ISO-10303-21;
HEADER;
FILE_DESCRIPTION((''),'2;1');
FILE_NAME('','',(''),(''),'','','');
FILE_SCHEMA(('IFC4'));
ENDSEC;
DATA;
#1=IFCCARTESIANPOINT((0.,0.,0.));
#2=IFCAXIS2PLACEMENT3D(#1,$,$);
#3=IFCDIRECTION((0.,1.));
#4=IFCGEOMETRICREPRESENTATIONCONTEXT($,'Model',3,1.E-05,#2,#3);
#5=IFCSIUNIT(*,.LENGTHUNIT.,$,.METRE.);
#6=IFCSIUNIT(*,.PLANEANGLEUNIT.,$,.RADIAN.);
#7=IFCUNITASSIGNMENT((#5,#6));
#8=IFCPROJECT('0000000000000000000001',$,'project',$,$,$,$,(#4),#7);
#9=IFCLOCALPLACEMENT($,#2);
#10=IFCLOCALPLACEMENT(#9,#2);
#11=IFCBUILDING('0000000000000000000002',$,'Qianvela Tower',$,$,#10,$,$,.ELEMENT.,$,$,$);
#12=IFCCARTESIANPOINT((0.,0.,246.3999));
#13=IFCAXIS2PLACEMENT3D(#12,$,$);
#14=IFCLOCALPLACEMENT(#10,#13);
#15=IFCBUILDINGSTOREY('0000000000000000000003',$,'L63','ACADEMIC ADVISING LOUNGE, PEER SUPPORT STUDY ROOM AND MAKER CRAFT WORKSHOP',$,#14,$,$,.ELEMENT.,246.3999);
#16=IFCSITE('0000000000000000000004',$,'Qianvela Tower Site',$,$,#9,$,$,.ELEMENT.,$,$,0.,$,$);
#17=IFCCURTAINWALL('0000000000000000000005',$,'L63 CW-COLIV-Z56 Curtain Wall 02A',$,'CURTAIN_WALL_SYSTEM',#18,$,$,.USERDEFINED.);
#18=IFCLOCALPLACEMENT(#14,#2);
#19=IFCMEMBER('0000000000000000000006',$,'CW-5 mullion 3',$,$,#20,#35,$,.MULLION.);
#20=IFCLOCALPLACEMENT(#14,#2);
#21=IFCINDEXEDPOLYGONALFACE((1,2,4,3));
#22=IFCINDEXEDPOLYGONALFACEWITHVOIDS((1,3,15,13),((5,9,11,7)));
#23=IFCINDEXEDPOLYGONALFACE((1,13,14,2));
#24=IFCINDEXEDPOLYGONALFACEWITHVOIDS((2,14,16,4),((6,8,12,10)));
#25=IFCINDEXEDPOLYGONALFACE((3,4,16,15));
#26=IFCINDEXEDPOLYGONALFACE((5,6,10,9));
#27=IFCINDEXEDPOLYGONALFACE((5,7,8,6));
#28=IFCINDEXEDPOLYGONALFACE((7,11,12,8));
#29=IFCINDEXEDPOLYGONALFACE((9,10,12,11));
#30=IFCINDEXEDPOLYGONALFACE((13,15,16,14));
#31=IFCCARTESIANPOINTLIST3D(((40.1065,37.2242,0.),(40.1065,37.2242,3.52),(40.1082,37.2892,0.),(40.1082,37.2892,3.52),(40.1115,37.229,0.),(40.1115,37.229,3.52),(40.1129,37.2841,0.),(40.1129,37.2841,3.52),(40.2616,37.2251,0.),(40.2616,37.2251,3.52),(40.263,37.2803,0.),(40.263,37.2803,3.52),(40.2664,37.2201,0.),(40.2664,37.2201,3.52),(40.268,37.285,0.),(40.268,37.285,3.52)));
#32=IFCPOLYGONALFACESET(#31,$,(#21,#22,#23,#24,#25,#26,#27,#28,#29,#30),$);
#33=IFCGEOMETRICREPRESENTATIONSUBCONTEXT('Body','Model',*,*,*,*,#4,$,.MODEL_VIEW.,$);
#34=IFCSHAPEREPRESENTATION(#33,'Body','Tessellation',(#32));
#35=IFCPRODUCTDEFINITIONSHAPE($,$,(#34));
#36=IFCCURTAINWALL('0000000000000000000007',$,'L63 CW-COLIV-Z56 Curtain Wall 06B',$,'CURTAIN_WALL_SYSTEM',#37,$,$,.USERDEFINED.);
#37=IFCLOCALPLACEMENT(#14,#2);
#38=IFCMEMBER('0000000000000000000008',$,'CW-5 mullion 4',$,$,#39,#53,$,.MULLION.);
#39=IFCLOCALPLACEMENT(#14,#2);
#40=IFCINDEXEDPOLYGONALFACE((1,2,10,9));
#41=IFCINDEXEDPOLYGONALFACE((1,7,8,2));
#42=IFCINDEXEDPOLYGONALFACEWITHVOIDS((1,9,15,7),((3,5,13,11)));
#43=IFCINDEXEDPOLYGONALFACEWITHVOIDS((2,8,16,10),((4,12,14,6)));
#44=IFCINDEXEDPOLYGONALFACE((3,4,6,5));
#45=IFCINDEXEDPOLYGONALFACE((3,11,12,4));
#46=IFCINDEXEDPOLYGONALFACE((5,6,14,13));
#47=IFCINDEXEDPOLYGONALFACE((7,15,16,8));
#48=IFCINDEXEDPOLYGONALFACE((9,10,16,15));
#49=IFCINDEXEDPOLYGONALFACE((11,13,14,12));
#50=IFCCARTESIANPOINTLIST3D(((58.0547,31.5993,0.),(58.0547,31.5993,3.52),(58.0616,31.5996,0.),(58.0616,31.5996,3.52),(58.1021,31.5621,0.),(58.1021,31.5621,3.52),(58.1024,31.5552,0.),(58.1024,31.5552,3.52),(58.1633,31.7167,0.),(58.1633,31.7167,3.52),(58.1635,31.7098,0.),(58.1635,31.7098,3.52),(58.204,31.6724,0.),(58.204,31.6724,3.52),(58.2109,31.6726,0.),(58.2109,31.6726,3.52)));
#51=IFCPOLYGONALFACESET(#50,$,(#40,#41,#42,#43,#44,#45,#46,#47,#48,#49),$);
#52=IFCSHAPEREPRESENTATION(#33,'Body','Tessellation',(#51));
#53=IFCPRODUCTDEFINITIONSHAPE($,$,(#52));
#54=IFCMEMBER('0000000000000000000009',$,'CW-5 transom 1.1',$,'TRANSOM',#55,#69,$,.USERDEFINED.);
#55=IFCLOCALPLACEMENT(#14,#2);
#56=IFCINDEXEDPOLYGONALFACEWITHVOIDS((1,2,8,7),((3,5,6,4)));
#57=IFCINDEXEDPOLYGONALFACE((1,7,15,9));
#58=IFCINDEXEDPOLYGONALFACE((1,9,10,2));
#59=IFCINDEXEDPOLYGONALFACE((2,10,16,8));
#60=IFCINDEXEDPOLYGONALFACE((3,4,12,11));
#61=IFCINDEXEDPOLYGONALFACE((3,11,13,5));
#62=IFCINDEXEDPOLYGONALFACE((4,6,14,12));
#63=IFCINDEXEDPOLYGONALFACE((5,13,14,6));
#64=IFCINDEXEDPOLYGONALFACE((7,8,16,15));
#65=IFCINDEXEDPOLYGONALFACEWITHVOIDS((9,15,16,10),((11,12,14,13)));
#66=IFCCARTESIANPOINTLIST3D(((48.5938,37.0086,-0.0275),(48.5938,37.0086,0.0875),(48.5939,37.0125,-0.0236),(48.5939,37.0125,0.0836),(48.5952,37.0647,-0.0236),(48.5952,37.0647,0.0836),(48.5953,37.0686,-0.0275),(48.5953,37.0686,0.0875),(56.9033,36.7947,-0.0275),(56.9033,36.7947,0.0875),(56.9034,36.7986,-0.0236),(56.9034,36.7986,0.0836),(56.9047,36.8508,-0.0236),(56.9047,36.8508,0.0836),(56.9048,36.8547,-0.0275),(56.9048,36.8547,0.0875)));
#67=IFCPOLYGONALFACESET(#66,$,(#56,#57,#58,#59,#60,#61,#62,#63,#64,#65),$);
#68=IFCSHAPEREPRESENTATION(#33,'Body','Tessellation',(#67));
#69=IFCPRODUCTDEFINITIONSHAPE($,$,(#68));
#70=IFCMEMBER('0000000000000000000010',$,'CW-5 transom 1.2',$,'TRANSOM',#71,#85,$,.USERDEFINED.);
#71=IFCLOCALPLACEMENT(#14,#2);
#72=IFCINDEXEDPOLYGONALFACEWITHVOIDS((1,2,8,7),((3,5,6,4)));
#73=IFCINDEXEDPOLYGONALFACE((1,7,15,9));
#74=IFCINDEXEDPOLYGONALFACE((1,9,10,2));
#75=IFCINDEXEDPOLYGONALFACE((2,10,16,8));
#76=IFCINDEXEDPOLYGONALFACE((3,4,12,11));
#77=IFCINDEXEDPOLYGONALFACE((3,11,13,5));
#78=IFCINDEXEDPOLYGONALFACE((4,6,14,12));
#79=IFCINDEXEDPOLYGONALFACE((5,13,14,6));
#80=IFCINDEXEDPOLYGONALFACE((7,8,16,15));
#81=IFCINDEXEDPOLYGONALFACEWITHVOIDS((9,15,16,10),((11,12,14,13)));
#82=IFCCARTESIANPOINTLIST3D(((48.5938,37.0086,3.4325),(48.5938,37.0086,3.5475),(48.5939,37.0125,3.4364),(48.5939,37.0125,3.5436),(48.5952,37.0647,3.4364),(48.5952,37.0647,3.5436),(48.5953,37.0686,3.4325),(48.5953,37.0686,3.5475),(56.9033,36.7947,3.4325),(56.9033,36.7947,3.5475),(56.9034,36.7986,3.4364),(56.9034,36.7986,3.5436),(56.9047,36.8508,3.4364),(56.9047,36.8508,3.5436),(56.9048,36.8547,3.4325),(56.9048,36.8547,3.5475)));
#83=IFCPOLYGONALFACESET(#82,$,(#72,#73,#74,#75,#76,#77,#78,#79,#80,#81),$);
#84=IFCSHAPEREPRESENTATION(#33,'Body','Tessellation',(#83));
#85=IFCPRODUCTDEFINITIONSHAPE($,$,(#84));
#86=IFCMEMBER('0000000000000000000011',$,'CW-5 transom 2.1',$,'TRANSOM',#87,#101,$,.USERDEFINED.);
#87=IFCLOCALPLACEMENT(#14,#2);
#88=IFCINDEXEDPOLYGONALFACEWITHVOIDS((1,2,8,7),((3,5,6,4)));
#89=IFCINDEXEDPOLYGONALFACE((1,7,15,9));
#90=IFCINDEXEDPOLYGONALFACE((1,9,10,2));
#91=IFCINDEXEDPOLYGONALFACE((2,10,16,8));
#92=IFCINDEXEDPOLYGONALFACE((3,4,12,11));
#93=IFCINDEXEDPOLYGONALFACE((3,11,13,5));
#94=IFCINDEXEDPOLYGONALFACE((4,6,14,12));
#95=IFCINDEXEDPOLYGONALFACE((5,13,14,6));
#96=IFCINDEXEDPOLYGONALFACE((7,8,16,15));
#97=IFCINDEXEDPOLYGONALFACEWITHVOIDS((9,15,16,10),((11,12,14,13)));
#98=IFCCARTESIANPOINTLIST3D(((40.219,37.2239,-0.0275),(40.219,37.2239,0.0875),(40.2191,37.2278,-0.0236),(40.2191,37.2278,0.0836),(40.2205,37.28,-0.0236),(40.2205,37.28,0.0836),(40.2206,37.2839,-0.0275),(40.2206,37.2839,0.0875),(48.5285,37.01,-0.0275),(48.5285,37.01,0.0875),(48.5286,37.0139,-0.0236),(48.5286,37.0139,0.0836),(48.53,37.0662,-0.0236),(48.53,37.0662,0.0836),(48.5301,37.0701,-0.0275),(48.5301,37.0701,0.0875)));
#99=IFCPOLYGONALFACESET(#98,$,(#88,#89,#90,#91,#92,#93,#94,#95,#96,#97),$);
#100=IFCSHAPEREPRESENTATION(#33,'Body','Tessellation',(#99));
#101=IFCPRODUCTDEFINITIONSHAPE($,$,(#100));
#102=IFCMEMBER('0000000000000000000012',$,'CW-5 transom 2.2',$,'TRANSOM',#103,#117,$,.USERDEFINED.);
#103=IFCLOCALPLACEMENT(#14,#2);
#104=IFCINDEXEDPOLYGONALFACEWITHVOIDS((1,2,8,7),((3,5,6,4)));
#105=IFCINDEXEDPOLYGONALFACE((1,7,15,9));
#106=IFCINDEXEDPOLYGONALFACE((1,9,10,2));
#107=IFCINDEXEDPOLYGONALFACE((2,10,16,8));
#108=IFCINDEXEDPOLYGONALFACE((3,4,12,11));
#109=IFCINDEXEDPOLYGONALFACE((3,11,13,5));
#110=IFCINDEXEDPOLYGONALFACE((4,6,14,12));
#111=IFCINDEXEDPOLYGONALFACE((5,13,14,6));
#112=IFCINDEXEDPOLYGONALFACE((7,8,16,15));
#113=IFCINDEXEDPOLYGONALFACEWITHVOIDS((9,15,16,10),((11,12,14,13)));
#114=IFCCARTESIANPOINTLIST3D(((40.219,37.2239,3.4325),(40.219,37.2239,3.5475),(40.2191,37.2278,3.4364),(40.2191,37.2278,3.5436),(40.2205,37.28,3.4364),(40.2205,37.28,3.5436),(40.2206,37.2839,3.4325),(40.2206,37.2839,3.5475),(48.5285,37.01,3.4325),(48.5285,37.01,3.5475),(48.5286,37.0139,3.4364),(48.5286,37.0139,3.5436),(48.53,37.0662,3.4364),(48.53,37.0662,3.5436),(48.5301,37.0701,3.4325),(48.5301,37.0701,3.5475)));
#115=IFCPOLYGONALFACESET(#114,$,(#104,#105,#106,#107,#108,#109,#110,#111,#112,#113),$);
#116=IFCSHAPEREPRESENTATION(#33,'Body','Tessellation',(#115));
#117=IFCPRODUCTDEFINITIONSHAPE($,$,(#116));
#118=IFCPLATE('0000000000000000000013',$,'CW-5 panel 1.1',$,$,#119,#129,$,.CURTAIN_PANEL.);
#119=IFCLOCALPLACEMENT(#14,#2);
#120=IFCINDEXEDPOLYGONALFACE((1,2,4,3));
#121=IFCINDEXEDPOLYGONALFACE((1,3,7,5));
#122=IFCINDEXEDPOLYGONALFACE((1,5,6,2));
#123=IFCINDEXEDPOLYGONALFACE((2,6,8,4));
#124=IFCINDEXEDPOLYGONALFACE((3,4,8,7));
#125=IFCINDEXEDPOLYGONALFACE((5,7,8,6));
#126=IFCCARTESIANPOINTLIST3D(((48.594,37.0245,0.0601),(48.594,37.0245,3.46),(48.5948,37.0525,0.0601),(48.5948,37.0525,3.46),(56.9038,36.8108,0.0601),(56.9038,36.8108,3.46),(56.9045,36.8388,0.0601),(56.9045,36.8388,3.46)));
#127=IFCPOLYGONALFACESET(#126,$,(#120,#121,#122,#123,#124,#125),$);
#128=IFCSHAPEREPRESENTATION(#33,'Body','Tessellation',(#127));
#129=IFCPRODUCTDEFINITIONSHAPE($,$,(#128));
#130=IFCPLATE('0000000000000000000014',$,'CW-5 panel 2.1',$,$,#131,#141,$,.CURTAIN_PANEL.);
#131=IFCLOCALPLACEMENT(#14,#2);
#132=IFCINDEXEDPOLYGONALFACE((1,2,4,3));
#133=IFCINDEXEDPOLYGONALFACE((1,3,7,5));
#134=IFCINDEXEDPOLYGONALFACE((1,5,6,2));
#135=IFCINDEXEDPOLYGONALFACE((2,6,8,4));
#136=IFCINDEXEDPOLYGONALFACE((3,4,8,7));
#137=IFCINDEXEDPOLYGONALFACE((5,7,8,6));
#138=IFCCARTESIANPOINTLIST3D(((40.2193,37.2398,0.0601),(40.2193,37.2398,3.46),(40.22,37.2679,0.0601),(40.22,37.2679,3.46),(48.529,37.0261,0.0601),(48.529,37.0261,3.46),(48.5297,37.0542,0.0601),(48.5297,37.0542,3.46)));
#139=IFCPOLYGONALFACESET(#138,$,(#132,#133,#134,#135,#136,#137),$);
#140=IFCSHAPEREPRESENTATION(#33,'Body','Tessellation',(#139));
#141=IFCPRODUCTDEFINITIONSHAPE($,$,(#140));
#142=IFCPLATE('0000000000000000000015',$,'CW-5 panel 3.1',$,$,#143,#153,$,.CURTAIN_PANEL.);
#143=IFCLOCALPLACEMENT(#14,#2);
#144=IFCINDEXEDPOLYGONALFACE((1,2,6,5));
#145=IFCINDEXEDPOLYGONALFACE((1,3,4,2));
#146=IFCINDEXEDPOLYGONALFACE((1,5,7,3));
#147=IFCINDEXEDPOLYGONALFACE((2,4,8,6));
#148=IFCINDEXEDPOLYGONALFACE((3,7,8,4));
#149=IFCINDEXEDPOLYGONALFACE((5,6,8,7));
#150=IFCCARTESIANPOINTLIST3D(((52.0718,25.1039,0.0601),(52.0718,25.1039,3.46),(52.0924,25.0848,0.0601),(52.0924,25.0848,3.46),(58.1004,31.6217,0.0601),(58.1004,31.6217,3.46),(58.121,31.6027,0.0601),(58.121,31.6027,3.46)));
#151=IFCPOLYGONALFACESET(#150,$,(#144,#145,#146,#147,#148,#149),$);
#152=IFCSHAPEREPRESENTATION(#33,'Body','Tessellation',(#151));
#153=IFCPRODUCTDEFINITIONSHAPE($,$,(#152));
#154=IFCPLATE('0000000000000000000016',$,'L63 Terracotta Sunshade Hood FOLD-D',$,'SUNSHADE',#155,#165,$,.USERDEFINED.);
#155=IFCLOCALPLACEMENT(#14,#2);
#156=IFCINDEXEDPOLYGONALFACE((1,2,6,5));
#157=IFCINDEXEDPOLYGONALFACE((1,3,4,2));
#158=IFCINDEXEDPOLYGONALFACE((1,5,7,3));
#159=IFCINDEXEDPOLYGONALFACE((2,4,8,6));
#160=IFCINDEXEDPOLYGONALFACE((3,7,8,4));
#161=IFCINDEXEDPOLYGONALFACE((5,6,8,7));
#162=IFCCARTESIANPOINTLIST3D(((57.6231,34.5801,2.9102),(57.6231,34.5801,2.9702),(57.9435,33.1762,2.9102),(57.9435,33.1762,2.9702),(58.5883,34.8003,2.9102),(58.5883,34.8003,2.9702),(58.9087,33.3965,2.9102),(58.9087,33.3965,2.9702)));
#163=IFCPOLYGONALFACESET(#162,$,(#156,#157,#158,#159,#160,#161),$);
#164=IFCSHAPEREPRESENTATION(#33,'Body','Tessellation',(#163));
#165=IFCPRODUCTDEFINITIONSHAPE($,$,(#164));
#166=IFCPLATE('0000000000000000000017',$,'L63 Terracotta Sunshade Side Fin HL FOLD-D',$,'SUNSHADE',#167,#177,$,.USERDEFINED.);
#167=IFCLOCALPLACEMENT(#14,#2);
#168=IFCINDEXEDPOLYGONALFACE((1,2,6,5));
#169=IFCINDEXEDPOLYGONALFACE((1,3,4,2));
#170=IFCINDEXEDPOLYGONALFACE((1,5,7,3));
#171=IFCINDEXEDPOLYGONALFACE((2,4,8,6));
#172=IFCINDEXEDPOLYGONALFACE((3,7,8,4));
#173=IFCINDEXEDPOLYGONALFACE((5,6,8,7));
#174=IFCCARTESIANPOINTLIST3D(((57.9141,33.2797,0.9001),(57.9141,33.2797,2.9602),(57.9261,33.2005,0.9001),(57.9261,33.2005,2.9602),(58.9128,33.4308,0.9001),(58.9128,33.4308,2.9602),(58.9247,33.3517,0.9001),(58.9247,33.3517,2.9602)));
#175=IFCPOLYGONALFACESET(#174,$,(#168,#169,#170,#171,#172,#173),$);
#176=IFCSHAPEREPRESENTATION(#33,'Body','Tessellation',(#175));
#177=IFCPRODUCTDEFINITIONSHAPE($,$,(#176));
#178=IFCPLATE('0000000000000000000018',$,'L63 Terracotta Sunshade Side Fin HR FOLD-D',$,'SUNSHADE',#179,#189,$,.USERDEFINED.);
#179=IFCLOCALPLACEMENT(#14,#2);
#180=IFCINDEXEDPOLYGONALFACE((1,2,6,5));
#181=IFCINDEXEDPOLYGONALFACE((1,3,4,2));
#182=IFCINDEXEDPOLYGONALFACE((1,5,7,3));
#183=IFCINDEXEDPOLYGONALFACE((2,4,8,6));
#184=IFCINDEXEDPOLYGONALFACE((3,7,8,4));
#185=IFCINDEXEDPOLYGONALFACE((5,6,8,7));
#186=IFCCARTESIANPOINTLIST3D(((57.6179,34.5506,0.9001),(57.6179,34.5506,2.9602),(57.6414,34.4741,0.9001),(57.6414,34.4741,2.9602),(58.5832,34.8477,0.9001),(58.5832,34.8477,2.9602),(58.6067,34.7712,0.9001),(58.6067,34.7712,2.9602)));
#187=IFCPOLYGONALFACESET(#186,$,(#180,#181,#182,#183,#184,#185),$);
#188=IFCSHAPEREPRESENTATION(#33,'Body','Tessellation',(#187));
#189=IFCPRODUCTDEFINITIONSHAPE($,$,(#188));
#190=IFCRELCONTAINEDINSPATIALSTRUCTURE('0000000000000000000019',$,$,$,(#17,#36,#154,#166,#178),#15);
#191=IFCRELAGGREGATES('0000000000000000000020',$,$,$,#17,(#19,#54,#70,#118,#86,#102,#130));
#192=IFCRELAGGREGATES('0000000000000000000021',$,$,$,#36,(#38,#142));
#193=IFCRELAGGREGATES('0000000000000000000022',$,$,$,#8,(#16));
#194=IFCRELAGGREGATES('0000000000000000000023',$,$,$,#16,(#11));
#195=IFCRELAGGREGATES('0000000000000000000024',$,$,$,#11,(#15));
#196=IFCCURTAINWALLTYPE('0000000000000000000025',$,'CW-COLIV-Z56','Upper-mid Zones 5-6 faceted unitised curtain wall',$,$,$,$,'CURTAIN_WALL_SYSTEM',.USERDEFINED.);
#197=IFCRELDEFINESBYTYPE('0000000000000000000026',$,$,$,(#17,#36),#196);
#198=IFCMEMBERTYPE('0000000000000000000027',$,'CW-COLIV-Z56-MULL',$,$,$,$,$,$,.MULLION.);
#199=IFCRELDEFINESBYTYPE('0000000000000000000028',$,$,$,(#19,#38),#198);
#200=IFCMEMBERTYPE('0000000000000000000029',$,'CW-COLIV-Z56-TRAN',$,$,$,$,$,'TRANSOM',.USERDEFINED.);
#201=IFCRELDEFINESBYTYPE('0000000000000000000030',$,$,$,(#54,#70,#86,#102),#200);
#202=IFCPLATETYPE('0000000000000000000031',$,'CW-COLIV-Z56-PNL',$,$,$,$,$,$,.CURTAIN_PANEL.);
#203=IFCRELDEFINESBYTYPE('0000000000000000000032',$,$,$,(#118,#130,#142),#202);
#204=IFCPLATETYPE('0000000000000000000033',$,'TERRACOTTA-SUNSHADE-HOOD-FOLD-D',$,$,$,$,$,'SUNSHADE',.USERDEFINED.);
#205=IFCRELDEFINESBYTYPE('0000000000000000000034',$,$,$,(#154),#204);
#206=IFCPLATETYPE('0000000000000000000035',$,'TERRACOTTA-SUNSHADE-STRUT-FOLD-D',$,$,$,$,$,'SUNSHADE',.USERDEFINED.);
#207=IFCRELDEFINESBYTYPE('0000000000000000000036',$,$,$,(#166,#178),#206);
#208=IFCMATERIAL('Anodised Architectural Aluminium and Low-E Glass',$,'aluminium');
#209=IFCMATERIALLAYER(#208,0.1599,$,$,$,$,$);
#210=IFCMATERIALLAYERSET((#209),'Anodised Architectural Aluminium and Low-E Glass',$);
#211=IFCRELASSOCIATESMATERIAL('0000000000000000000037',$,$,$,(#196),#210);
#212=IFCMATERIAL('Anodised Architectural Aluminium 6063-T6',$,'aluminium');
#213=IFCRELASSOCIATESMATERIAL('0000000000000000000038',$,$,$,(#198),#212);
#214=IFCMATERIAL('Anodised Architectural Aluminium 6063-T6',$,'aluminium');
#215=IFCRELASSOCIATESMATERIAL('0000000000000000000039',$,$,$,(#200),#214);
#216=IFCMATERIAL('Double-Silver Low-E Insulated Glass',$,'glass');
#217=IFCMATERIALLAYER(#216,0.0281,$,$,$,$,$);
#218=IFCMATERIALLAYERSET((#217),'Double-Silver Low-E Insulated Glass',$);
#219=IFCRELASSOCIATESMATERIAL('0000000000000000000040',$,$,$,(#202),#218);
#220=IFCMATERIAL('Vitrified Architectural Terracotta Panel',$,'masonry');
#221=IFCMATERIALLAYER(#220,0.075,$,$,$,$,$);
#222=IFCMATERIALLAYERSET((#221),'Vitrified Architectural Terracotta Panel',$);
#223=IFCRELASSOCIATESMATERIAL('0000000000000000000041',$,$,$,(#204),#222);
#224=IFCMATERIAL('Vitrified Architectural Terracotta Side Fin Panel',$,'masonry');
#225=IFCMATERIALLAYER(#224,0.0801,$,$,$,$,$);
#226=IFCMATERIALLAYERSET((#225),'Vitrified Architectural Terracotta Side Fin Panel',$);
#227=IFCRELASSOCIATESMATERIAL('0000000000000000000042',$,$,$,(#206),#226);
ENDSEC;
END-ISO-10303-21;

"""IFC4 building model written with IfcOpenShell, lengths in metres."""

from ifc_helpers import new_model, si_unit, direction, frame, origin, origin_2d, place, context, subcontext, project, spatial, rectangle, hollow_rectangle, extrude, material, layer, layer_set, material_profile, profile_set, type_object, element, aggregate, save


model = new_model("IFC4")

# Units and contexts
model_context = context("Model", 3, precision=1e-05, world=origin(), true_north=direction((0.0, 1.0)))
body_context = subcontext(model_context, "Body", "Model", "MODEL_VIEW")
ifc_project = project(units=[si_unit("LENGTHUNIT", "METRE"), si_unit("PLANEANGLEUNIT", "RADIAN")], contexts=[model_context])

# Site, building, storey
site_placement = place(None, origin())
site = spatial("IfcSite", under=ifc_project, at=site_placement, Name="Qianvela Tower Site", CompositionType="ELEMENT", RefElevation=0.0)
building_placement = place(site_placement, origin())
building = spatial("IfcBuilding", under=site, at=building_placement, Name="Qianvela Tower", CompositionType="ELEMENT")
storey_placement = place(building_placement, frame((0.0, 0.0, 246.3999)))
storey = spatial("IfcBuildingStorey", under=building, at=storey_placement, Name="L63", Description="ACADEMIC ADVISING LOUNGE, PEER SUPPORT STUDY ROOM AND MAKER CRAFT WORKSHOP", CompositionType="ELEMENT", Elevation=246.3999)

# Curtain wall, member
ifc_material_1 = material(Name="Anodised Architectural Aluminium and Low-E Glass", Category="aluminium")
ifc_layer_1 = layer(ifc_material_1, 0.1599)
ifc_layer_set_1 = layer_set([ifc_layer_1], Name="Anodised Architectural Aluminium and Low-E Glass")
curtain_wall_type_1 = type_object("IfcCurtainWallType", Name="CW-COLIV-Z56", Description="Upper-mid Zones 5-6 faceted unitised curtain wall", ElementType="CURTAIN_WALL_SYSTEM", PredefinedType="USERDEFINED", material=ifc_layer_set_1)
curtain_wall_1_placement = place(storey_placement, origin())
curtain_wall_1 = element("IfcCurtainWall", 1, at=curtain_wall_1_placement, inside=storey, type_object=curtain_wall_type_1, Name="L63 CW-COLIV-Z56 Curtain Wall 02A", ObjectType="CURTAIN_WALL_SYSTEM", PredefinedType="USERDEFINED")
ifc_material_2 = material(Name="Anodised Architectural Aluminium 6063-T6", Category="aluminium")
ifc_material_profile_1 = material_profile(ifc_material_2, hollow_rectangle(XDim=0.0649, YDim=0.1599, WallThickness=0.0049, at=origin_2d()), Name="ALU-MULL-65x160")
ifc_profile_set_1 = profile_set([ifc_material_profile_1], Name="Anodised Architectural Aluminium 6063-T6")
member_type_1 = type_object("IfcMemberType", Name="CW-COLIV-Z56-MULL", PredefinedType="MULLION", material=ifc_profile_set_1)
member_1_placement = place(storey_placement, frame((40.1873, 37.2546, 0.0), z_axis=(0.0, 0.0, 1.0), x_axis=(-0.025708, -0.99967, 0.0)))
member_1 = element("IfcMember", 2, at=member_1_placement, type_object=member_type_1, Name="CW-5 mullion 3", PredefinedType="MULLION", context=body_context, shape_type="SweptSolid", body=[
    extrude(hollow_rectangle(XDim=0.0649, YDim=0.1599, WallThickness=0.0049, at=origin_2d()), origin(), (0.0, 0.0, 1.0), 3.52),
])

# Curtain wall, member
curtain_wall_2_placement = place(storey_placement, origin())
curtain_wall_2 = element("IfcCurtainWall", 3, at=curtain_wall_2_placement, inside=storey, type_object=curtain_wall_type_1, Name="L63 CW-COLIV-Z56 Curtain Wall 06B", ObjectType="CURTAIN_WALL_SYSTEM", PredefinedType="USERDEFINED")
member_2_placement = place(storey_placement, frame((58.1328, 31.636, 0.0), z_axis=(0.0, 0.0, 1.0), x_axis=(-0.734122, 0.679018, 0.0)))
member_2 = element("IfcMember", 4, at=member_2_placement, type_object=member_type_1, Name="CW-5 mullion 4", PredefinedType="MULLION", context=body_context, shape_type="SweptSolid", body=[
    extrude(hollow_rectangle(XDim=0.0649, YDim=0.1599, WallThickness=0.0049, at=origin_2d()), origin(), (0.0, 0.0, 1.0), 3.52),
])

# Members
ifc_material_3 = material(Name="Anodised Architectural Aluminium 6063-T6", Category="aluminium")
ifc_material_profile_2 = material_profile(ifc_material_3, hollow_rectangle(XDim=0.0601, YDim=0.115, WallThickness=0.0039, at=origin_2d()), Name="ALU-TRAN-60x115")
ifc_profile_set_2 = profile_set([ifc_material_profile_2], Name="Anodised Architectural Aluminium 6063-T6")
member_type_2 = type_object("IfcMemberType", Name="CW-COLIV-Z56-TRAN", ElementType="TRANSOM", PredefinedType="USERDEFINED", material=ifc_profile_set_2)
member_3_placement = place(storey_placement, frame((56.9041, 36.8247, 0.03), z_axis=(-0.999669, 0.025729, 0.0), x_axis=(-0.025729, -0.999669, 0.0)))
member_3 = element("IfcMember", 5, at=member_3_placement, type_object=member_type_2, Name="CW-5 transom 1.1", ObjectType="TRANSOM", PredefinedType="USERDEFINED", context=body_context, shape_type="SweptSolid", body=[
    extrude(hollow_rectangle(XDim=0.0601, YDim=0.115, WallThickness=0.0039, at=origin_2d()), origin(), (0.0, 0.0, 1.0), 8.3123),
])
member_4_placement = place(storey_placement, frame((56.9041, 36.8247, 3.49), z_axis=(-0.999669, 0.025729, 0.0), x_axis=(-0.025729, -0.999669, 0.0)))
member_4 = element("IfcMember", 6, at=member_4_placement, type_object=member_type_2, Name="CW-5 transom 1.2", ObjectType="TRANSOM", PredefinedType="USERDEFINED", context=body_context, shape_type="SweptSolid", body=[
    extrude(hollow_rectangle(XDim=0.0601, YDim=0.115, WallThickness=0.0039, at=origin_2d()), origin(), (0.0, 0.0, 1.0), 8.3123),
])
member_5_placement = place(storey_placement, frame((48.5293, 37.04, 0.03), z_axis=(-0.999669, 0.025729, 0.0), x_axis=(-0.025729, -0.999669, 0.0)))
member_5 = element("IfcMember", 7, at=member_5_placement, type_object=member_type_2, Name="CW-5 transom 2.1", ObjectType="TRANSOM", PredefinedType="USERDEFINED", context=body_context, shape_type="SweptSolid", body=[
    extrude(hollow_rectangle(XDim=0.0601, YDim=0.115, WallThickness=0.0039, at=origin_2d()), origin(), (0.0, 0.0, 1.0), 8.3123),
])
member_6_placement = place(storey_placement, frame((48.5293, 37.04, 3.49), z_axis=(-0.999669, 0.025729, 0.0), x_axis=(-0.025729, -0.999669, 0.0)))
member_6 = element("IfcMember", 8, at=member_6_placement, type_object=member_type_2, Name="CW-5 transom 2.2", ObjectType="TRANSOM", PredefinedType="USERDEFINED", context=body_context, shape_type="SweptSolid", body=[
    extrude(hollow_rectangle(XDim=0.0601, YDim=0.115, WallThickness=0.0039, at=origin_2d()), origin(), (0.0, 0.0, 1.0), 8.3123),
])

# Plates
ifc_material_4 = material(Name="Double-Silver Low-E Insulated Glass", Category="glass")
ifc_layer_2 = layer(ifc_material_4, 0.0281)
ifc_layer_set_2 = layer_set([ifc_layer_2], Name="Double-Silver Low-E Insulated Glass")
plate_type_1 = type_object("IfcPlateType", Name="CW-COLIV-Z56-PNL", PredefinedType="CURTAIN_PANEL", material=ifc_layer_set_2)
plate_1_placement = place(storey_placement, frame((52.7493, 36.9316, 0.0601), z_axis=(0.0, 0.0, 1.0), x_axis=(-0.99967, 0.025708, 0.0)))
plate_1 = element("IfcPlate", 9, at=plate_1_placement, type_object=plate_type_1, Name="CW-5 panel 1.1", PredefinedType="CURTAIN_PANEL", context=body_context, shape_type="SweptSolid", body=[
    extrude(rectangle(XDim=8.3125, YDim=0.0281, at=origin_2d()), origin(), (0.0, 0.0, 1.0), 3.3999),
])
plate_2_placement = place(storey_placement, frame((44.3745, 37.147, 0.0601), z_axis=(0.0, 0.0, 1.0), x_axis=(-0.99967, 0.025708, 0.0)))
plate_2 = element("IfcPlate", 10, at=plate_2_placement, type_object=plate_type_1, Name="CW-5 panel 2.1", PredefinedType="CURTAIN_PANEL", context=body_context, shape_type="SweptSolid", body=[
    extrude(rectangle(XDim=8.3125, YDim=0.0281, at=origin_2d()), origin(), (0.0, 0.0, 1.0), 3.3999),
])
aggregate(curtain_wall_1, [member_1, member_3, member_4, plate_1, member_5, member_6, plate_2])
plate_3_placement = place(storey_placement, frame((55.0964, 28.3533, 0.0601), z_axis=(0.0, 0.0, 1.0), x_axis=(0.679018, 0.734122, 0.0)))
plate_3 = element("IfcPlate", 11, at=plate_3_placement, type_object=plate_type_1, Name="CW-5 panel 3.1", PredefinedType="CURTAIN_PANEL", context=body_context, shape_type="SweptSolid", body=[
    extrude(rectangle(XDim=8.8784, YDim=0.0281, at=origin_2d()), origin(), (0.0, 0.0, 1.0), 3.3999),
])
aggregate(curtain_wall_2, [member_2, plate_3])

# Plates
ifc_material_5 = material(Name="Vitrified Architectural Terracotta Panel", Category="masonry")
ifc_layer_3 = layer(ifc_material_5, 0.075)
ifc_layer_set_3 = layer_set([ifc_layer_3], Name="Vitrified Architectural Terracotta Panel")
plate_type_2 = type_object("IfcPlateType", Name="TERRACOTTA-SUNSHADE-HOOD-FOLD-D", ElementType="SUNSHADE", PredefinedType="USERDEFINED", material=ifc_layer_set_3)
plate_4_placement = place(storey_placement, frame((58.2659, 33.9883, 2.9102), z_axis=(0.0, 0.0, 1.0), x_axis=(-0.222503, 0.974932, 0.0)))
element("IfcPlate", 12, at=plate_4_placement, inside=storey, type_object=plate_type_2, Name="L63 Terracotta Sunshade Hood FOLD-D", ObjectType="SUNSHADE", PredefinedType="USERDEFINED", context=body_context, shape_type="SweptSolid", body=[
    extrude(rectangle(XDim=1.4399, YDim=0.99, at=origin_2d()), origin(), (0.0, 0.0, 1.0), 0.0601),
])
ifc_material_6 = material(Name="Vitrified Architectural Terracotta Side Fin Panel", Category="masonry")
ifc_layer_4 = layer(ifc_material_6, 0.0801)
ifc_layer_set_4 = layer_set([ifc_layer_4], Name="Vitrified Architectural Terracotta Side Fin Panel")
plate_type_3 = type_object("IfcPlateType", Name="TERRACOTTA-SUNSHADE-STRUT-FOLD-D", ElementType="SUNSHADE", PredefinedType="USERDEFINED", material=ifc_layer_set_4)
for number, where, z_axis, x_axis, name in (
    (13, (58.4194, 33.3157, 0.9001), (0.0, 0.0, 1.0), (-0.149641, 0.98874, 0.0), "L63 Terracotta Sunshade Side Fin HL FOLD-D"),
    (14, (58.1123, 34.6609, 0.9001), (0.0, 0.0, 1.0), (-0.294142, 0.955762, 0.0), "L63 Terracotta Sunshade Side Fin HR FOLD-D"),
):
    element("IfcPlate", number, at=place(storey_placement, frame(where, z_axis=z_axis, x_axis=x_axis)), inside=storey, type_object=plate_type_3, Name=name, ObjectType="SUNSHADE", PredefinedType="USERDEFINED", context=body_context, shape_type="SweptSolid", body=[
        extrude(rectangle(XDim=0.0801, YDim=1.01, at=origin_2d()), origin(), (0.0, 0.0, 1.0), 2.0601),
    ])

save(model, "model.ifc")
